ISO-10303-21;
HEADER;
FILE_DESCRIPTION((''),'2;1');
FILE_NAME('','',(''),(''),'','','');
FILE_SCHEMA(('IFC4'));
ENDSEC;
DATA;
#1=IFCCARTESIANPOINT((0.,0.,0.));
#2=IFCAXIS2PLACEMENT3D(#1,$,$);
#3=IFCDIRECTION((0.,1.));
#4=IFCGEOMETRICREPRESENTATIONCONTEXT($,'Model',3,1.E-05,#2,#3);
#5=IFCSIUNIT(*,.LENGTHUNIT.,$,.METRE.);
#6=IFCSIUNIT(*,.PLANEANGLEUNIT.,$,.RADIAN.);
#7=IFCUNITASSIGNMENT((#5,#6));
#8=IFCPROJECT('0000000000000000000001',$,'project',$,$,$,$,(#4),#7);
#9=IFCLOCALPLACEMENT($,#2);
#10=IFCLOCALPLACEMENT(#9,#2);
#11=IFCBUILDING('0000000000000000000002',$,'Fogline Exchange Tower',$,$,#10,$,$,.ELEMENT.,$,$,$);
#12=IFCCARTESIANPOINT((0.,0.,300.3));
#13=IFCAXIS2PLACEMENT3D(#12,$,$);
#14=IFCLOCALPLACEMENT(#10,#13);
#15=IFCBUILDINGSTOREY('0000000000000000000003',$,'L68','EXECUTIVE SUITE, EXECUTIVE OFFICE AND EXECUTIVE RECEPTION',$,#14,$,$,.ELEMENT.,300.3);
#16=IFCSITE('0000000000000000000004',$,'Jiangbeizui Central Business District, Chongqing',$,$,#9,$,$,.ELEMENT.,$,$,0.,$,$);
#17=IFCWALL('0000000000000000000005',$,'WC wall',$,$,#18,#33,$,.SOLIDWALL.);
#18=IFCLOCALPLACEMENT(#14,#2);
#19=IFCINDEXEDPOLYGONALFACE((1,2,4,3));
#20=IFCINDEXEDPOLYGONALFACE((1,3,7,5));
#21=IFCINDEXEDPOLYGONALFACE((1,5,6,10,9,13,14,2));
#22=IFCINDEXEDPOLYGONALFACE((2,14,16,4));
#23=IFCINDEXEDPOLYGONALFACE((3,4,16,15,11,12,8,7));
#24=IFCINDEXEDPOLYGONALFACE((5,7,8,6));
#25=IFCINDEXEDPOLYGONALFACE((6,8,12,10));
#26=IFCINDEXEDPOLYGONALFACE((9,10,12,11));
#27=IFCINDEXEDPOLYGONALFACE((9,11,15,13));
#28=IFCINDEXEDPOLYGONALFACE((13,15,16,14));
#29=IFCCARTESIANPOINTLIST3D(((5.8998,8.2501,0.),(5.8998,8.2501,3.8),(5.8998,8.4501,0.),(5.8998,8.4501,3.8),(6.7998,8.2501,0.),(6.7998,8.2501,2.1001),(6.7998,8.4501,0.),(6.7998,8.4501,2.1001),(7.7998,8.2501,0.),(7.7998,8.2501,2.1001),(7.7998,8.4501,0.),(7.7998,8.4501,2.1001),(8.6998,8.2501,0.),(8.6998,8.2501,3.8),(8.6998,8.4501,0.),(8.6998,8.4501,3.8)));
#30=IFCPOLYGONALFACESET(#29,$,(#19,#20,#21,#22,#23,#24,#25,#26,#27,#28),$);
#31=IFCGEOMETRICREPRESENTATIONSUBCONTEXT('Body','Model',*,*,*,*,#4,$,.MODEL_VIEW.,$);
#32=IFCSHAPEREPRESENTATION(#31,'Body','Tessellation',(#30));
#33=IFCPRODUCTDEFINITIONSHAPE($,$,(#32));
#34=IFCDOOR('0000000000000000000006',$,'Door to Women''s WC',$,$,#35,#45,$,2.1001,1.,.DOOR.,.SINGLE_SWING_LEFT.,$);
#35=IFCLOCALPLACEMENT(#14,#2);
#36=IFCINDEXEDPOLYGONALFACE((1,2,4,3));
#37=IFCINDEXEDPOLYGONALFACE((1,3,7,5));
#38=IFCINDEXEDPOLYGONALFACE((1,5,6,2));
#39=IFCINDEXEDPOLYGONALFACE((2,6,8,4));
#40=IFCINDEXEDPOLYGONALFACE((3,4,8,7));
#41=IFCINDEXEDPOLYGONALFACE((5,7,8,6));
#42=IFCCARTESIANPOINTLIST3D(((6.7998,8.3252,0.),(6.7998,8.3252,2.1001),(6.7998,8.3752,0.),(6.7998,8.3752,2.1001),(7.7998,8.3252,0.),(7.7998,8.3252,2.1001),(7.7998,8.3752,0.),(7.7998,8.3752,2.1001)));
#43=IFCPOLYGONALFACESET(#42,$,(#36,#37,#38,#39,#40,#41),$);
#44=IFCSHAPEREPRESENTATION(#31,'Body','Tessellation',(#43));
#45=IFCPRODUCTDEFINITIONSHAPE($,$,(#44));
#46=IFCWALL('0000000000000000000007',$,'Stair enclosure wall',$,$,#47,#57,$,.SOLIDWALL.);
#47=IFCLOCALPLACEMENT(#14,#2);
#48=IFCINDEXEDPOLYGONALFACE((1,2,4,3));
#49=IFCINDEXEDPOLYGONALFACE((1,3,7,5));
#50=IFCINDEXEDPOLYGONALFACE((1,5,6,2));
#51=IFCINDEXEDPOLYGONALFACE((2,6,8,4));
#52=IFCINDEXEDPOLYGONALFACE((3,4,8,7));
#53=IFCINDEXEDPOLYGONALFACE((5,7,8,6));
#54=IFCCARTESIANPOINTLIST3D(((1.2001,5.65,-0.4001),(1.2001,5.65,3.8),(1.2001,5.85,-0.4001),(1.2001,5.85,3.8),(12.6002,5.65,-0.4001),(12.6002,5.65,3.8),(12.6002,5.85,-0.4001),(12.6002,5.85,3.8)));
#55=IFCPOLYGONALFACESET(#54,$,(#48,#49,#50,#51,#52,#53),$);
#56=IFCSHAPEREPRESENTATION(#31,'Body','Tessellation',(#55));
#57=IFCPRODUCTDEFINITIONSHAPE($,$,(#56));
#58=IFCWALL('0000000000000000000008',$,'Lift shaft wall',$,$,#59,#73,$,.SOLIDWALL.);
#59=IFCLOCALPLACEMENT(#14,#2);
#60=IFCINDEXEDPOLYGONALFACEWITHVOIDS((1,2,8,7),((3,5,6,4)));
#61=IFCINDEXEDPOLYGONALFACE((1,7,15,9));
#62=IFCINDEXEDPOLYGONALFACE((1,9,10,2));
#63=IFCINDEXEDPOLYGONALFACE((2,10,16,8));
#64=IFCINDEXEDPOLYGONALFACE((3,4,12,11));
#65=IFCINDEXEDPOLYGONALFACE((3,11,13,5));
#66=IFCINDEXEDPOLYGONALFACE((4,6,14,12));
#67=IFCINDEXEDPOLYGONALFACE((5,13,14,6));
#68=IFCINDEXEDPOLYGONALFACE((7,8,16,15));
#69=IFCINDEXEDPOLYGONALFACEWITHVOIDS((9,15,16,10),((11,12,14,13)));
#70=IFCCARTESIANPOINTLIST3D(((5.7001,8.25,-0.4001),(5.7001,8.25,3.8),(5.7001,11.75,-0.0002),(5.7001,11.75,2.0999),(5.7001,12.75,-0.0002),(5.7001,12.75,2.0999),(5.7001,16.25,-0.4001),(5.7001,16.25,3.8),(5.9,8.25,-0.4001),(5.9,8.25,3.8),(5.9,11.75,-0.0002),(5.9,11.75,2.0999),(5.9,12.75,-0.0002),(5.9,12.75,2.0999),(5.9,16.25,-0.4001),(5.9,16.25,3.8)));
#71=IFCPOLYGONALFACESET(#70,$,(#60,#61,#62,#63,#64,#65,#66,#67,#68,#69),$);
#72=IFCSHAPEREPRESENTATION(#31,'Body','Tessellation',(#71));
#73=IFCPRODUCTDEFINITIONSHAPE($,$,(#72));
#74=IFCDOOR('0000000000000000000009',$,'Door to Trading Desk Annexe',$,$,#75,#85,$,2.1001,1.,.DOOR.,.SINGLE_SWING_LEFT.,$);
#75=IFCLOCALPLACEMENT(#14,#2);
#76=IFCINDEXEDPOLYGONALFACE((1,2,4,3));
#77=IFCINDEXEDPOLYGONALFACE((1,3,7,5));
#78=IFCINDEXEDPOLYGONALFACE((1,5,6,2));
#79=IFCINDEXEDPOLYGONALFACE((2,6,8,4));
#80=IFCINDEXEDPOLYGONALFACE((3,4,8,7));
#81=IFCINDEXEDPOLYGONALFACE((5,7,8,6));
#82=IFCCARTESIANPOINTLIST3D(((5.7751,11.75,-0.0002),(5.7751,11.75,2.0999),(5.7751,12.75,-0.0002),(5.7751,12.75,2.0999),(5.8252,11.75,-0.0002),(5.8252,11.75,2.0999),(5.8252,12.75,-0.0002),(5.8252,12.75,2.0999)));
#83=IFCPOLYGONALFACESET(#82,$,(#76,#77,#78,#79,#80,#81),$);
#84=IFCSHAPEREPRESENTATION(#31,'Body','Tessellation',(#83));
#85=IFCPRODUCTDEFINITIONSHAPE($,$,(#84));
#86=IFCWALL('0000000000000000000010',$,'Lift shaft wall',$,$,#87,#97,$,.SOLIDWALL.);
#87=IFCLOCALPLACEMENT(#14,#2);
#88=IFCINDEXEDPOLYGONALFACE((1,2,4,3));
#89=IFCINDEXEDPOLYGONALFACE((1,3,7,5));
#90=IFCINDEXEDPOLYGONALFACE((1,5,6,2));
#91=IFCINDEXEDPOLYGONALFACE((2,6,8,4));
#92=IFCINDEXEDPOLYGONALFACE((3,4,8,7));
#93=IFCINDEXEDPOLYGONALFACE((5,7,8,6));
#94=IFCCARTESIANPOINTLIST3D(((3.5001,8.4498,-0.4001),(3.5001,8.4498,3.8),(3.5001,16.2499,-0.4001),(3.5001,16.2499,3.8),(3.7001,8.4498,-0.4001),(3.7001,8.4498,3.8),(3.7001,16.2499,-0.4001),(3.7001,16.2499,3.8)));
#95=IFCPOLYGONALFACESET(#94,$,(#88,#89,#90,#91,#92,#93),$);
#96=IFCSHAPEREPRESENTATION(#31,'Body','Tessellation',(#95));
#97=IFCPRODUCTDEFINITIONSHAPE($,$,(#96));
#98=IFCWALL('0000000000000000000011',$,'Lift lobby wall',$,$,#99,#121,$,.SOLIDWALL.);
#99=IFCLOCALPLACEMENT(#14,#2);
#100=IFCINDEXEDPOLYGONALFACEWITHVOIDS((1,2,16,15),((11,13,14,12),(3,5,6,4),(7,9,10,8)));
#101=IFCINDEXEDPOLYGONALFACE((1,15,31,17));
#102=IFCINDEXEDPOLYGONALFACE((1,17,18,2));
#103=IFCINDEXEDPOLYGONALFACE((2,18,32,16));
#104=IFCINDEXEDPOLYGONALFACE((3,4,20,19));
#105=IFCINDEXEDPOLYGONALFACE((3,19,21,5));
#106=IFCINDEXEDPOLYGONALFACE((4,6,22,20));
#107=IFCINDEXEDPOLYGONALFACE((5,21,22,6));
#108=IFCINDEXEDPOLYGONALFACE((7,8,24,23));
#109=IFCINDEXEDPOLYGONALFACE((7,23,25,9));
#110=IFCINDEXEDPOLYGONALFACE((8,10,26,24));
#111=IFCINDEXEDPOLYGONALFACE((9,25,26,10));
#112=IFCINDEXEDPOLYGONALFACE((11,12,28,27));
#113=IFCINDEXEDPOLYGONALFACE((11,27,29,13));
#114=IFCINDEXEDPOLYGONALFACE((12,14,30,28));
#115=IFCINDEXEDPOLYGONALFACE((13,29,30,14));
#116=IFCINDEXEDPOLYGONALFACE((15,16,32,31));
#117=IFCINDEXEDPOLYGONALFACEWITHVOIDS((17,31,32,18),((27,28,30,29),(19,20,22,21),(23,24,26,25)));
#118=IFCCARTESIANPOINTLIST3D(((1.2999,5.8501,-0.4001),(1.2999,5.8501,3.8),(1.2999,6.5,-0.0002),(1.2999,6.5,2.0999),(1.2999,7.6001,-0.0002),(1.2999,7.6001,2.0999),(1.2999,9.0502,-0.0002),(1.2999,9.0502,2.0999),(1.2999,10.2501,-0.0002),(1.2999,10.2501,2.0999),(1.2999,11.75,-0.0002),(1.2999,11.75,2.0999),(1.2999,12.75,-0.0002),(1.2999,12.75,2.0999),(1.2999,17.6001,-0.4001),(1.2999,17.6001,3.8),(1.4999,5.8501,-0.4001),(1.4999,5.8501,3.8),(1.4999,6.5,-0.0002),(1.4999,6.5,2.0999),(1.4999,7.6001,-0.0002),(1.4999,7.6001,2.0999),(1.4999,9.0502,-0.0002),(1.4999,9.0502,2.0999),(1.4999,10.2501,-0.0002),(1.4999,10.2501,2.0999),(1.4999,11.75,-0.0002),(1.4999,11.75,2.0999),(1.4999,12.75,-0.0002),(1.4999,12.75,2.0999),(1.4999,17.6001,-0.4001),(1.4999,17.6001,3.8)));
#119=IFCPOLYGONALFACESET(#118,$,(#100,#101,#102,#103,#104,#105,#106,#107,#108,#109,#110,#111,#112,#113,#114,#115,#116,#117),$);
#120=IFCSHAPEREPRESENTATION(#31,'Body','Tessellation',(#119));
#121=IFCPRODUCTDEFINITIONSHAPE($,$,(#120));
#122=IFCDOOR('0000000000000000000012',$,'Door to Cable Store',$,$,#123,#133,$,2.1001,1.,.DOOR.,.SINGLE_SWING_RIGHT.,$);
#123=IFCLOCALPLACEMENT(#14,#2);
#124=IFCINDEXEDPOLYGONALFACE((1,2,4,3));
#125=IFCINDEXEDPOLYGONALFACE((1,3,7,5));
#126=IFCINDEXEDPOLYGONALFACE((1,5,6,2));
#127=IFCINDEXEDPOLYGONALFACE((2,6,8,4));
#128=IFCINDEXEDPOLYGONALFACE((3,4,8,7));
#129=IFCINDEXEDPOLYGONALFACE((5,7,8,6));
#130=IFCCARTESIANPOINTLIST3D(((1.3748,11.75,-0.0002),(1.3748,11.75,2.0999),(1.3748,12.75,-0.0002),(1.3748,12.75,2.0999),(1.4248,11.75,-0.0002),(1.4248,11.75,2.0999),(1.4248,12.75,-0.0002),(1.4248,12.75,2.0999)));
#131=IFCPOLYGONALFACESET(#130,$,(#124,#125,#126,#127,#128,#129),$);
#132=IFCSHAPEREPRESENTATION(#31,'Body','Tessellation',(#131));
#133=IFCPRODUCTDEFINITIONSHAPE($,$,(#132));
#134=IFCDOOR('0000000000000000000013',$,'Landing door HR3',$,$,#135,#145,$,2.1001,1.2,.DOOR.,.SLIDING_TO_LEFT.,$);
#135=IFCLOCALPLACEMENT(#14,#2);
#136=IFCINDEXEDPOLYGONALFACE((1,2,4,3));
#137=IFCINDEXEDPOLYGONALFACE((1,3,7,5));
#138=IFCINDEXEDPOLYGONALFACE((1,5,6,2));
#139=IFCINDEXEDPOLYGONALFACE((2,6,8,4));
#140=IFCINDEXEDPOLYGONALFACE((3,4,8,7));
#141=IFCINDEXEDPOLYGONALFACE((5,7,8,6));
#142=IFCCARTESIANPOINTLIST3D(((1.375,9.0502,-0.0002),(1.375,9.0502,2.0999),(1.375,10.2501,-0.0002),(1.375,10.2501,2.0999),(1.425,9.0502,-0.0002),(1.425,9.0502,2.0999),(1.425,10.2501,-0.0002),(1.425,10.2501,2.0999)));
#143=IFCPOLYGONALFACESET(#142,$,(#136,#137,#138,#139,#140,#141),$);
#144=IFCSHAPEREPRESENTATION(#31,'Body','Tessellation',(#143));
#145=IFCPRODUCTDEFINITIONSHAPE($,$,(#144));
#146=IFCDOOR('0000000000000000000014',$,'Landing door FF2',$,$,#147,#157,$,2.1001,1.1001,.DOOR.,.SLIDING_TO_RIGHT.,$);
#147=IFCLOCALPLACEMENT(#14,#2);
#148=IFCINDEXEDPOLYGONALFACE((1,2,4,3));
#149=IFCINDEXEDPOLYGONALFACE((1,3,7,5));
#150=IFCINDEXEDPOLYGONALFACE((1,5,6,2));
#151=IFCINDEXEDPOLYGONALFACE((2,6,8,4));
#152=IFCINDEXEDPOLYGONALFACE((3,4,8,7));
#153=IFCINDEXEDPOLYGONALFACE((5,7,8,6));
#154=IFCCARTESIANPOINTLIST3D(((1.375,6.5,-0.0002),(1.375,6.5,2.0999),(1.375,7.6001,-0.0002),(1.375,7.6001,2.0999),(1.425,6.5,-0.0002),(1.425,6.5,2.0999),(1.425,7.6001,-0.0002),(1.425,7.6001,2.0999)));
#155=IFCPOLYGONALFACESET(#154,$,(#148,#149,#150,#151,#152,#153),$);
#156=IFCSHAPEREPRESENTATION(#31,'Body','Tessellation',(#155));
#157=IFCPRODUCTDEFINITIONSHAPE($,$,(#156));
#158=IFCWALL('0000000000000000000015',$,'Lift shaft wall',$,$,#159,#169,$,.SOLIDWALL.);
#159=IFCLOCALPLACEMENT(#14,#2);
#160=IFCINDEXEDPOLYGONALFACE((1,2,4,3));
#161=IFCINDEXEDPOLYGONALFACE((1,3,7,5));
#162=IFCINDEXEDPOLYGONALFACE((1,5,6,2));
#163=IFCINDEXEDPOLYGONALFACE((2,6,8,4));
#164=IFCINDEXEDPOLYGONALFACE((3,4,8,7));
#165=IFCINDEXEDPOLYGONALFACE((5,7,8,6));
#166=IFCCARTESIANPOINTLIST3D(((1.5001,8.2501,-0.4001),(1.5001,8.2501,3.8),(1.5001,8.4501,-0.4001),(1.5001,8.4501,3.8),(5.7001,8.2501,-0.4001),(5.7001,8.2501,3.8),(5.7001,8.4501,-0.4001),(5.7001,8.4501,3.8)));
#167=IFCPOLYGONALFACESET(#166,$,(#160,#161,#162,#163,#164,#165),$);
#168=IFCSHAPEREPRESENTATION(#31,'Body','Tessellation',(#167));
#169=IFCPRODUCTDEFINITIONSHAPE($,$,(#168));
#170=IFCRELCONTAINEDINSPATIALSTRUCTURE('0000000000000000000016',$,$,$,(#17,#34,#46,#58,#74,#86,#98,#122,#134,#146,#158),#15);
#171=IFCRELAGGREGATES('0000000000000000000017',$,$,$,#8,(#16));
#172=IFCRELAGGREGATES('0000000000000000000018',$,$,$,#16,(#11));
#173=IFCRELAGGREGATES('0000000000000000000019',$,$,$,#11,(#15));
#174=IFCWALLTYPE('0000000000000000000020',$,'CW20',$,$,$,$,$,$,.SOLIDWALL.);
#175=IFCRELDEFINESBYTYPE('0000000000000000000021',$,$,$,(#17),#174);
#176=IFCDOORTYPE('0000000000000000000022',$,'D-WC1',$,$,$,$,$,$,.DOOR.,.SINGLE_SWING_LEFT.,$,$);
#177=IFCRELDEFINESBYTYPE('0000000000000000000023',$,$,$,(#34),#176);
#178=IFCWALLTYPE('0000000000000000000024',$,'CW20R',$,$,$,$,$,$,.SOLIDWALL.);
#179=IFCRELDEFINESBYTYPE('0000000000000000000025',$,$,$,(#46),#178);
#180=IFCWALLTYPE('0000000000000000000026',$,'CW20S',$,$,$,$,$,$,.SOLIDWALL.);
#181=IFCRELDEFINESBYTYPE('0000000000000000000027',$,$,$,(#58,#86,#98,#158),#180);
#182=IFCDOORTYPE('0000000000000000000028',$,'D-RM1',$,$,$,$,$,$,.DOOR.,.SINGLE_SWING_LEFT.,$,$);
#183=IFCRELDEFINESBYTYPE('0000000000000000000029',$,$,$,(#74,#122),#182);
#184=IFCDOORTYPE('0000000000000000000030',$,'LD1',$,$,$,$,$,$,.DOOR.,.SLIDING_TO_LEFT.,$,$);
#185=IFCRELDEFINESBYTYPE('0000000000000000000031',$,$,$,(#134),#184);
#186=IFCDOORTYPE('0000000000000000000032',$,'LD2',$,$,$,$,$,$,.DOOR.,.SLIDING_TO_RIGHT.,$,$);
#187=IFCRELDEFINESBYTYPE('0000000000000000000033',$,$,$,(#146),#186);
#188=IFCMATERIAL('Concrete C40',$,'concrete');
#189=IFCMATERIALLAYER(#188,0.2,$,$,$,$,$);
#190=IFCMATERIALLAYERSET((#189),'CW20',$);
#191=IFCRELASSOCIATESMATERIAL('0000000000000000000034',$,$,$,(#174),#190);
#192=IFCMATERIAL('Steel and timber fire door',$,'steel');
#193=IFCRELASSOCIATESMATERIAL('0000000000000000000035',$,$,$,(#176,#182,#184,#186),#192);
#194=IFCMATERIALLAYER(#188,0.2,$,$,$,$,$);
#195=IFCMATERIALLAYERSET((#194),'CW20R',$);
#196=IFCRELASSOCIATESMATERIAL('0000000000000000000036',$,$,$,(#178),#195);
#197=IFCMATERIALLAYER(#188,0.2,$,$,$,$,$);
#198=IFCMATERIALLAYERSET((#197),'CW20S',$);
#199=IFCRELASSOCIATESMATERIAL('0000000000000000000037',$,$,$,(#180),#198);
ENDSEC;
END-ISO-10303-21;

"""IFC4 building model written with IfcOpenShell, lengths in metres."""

from ifc_helpers import new_model, si_unit, direction, frame, frame_2d, origin, place, context, subcontext, project, spatial, rectangle, extrude, material, layer, layer_set, type_object, element, fill, save


model = new_model("IFC4")

# Units and contexts
model_context = context("Model", 3, precision=1e-05, world=origin(), true_north=direction((0.0, 1.0)))
body_context = subcontext(model_context, "Body", "Model", "MODEL_VIEW")
ifc_project = project(units=[si_unit("LENGTHUNIT", "METRE"), si_unit("PLANEANGLEUNIT", "RADIAN")], contexts=[model_context])

# Site, building, storey
site_placement = place(None, origin())
site = spatial("IfcSite", under=ifc_project, at=site_placement, Name="Jiangbeizui Central Business District, Chongqing", CompositionType="ELEMENT", RefElevation=0.0)
building_placement = place(site_placement, origin())
building = spatial("IfcBuilding", under=site, at=building_placement, Name="Fogline Exchange Tower", CompositionType="ELEMENT")
storey_placement = place(building_placement, frame((0.0, 0.0, 300.3)))
storey = spatial("IfcBuildingStorey", under=building, at=storey_placement, Name="L68", Description="EXECUTIVE SUITE, EXECUTIVE OFFICE AND EXECUTIVE RECEPTION", CompositionType="ELEMENT", Elevation=300.3)

# Shared definitions
ifc_material_1 = material(Name="Concrete C40", Category="concrete")

# Wall, opening, door
ifc_layer_1 = layer(ifc_material_1, 0.2)
ifc_layer_set_1 = layer_set([ifc_layer_1], Name="CW20")
wall_type_1 = type_object("IfcWallType", Name="CW20", PredefinedType="SOLIDWALL", material=ifc_layer_set_1)
wall_1_placement = place(storey_placement, frame((5.8999, 8.3501, 0.0), z_axis=(0.0, 0.0, 1.0), x_axis=(1.0, 0.0, 0.0)))
wall_1 = element("IfcWall", 1, at=wall_1_placement, inside=storey, type_object=wall_type_1, Name="WC wall", PredefinedType="SOLIDWALL", context=body_context, shape_type="SweptSolid", body=[
    extrude(rectangle(XDim=2.8, YDim=0.2, at=frame_2d((1.3999, 0.0))), origin(), (0.0, 0.0, 1.0), 3.8),
])
opening_1_placement = place(wall_1_placement, frame((0.8999, 0.0, 0.0)))
opening_1 = element("IfcOpeningElement", 2, at=opening_1_placement, cuts=wall_1, PredefinedType="OPENING", context=body_context, shape_type="SweptSolid", body=[
    extrude(rectangle(XDim=1.0, YDim=2.1001, at=frame_2d((0.5, 1.05))), frame((0.0, 0.1099, 0.0), z_axis=(0.0, -1.0, 0.0), x_axis=(1.0, 0.0, 0.0)), (0.0, 0.0, 1.0), 0.22),
])
ifc_material_2 = material(Name="Steel and timber fire door", Category="steel")
door_type_1 = type_object("IfcDoorType", Name="D-WC1", OperationType="SINGLE_SWING_LEFT", PredefinedType="DOOR", material=ifc_material_2)
door_1_placement = place(opening_1_placement, frame((1.0, 0.0, 0.0), z_axis=(0.0, 0.0, 1.0), x_axis=(-1.0, 0.0, 0.0)))
door_1 = element("IfcDoor", 3, at=door_1_placement, inside=storey, type_object=door_type_1, Name="Door to Women's WC", OperationType="SINGLE_SWING_LEFT", OverallHeight=2.1001, OverallWidth=1.0, PredefinedType="DOOR", context=body_context, shape_type="SweptSolid", body=[
    extrude(rectangle(XDim=1.0, YDim=2.1001, at=frame_2d((0.5, 1.05))), frame((0.0, 0.0249, 0.0), z_axis=(0.0, -1.0, 0.0), x_axis=(1.0, 0.0, 0.0)), (0.0, 0.0, 1.0), 0.05),
])
fill(opening_1, door_1)

# Wall
ifc_layer_2 = layer(ifc_material_1, 0.2)
ifc_layer_set_2 = layer_set([ifc_layer_2], Name="CW20R")
wall_type_2 = type_object("IfcWallType", Name="CW20R", PredefinedType="SOLIDWALL", material=ifc_layer_set_2)
wall_2_placement = place(storey_placement, frame((1.2, 5.75, -0.4001), z_axis=(0.0, 0.0, 1.0), x_axis=(1.0, 0.0, 0.0)))
element("IfcWall", 4, at=wall_2_placement, inside=storey, type_object=wall_type_2, Name="Stair enclosure wall", PredefinedType="SOLIDWALL", context=body_context, shape_type="SweptSolid", body=[
    extrude(rectangle(XDim=11.4001, YDim=0.2, at=frame_2d((5.7002, 0.0))), origin(), (0.0, 0.0, 1.0), 4.2002),
])

# Wall, opening, door
ifc_layer_3 = layer(ifc_material_1, 0.2)
ifc_layer_set_3 = layer_set([ifc_layer_3], Name="CW20S")
wall_type_3 = type_object("IfcWallType", Name="CW20S", PredefinedType="SOLIDWALL", material=ifc_layer_set_3)
wall_3_placement = place(storey_placement, frame((5.8, 8.25, -0.4001), z_axis=(0.0, 0.0, 1.0), x_axis=(0.0, 1.0, 0.0)))
wall_3 = element("IfcWall", 5, at=wall_3_placement, inside=storey, type_object=wall_type_3, Name="Lift shaft wall", PredefinedType="SOLIDWALL", context=body_context, shape_type="SweptSolid", body=[
    extrude(rectangle(XDim=8.0, YDim=0.2, at=frame_2d((4.0, 0.0))), origin(), (0.0, 0.0, 1.0), 4.2002),
])
opening_2_placement = place(wall_3_placement, frame((3.5, 0.0, 0.3999)))
opening_2 = element("IfcOpeningElement", 6, at=opening_2_placement, cuts=wall_3, PredefinedType="OPENING", context=body_context, shape_type="SweptSolid", body=[
    extrude(rectangle(XDim=1.0, YDim=2.1001, at=frame_2d((0.5, 1.05))), frame((0.0, 0.1099, 0.0), z_axis=(0.0, -1.0, 0.0), x_axis=(1.0, 0.0, 0.0)), (0.0, 0.0, 1.0), 0.22),
])
door_type_2 = type_object("IfcDoorType", Name="D-RM1", OperationType="SINGLE_SWING_LEFT", PredefinedType="DOOR", material=ifc_material_2)
door_2_placement = place(opening_2_placement, origin())
door_2 = element("IfcDoor", 7, at=door_2_placement, inside=storey, type_object=door_type_2, Name="Door to Trading Desk Annexe", OperationType="SINGLE_SWING_LEFT", OverallHeight=2.1001, OverallWidth=1.0, PredefinedType="DOOR", context=body_context, shape_type="SweptSolid", body=[
    extrude(rectangle(XDim=1.0, YDim=2.1001, at=frame_2d((0.5, 1.05))), frame((0.0, 0.0249, 0.0), z_axis=(0.0, -1.0, 0.0), x_axis=(1.0, 0.0, 0.0)), (0.0, 0.0, 1.0), 0.05),
])
fill(opening_2, door_2)

# Wall
wall_4_placement = place(storey_placement, frame((3.6001, 8.45, -0.4001), z_axis=(0.0, 0.0, 1.0), x_axis=(0.0, 1.0, 0.0)))
element("IfcWall", 8, at=wall_4_placement, inside=storey, type_object=wall_type_3, Name="Lift shaft wall", PredefinedType="SOLIDWALL", context=body_context, shape_type="SweptSolid", body=[
    extrude(rectangle(XDim=7.8, YDim=0.2, at=frame_2d((3.8999, 0.0))), origin(), (0.0, 0.0, 1.0), 4.2002),
])

# Wall, openings, doors
wall_5_placement = place(storey_placement, frame((1.3999, 5.8501, -0.4001), z_axis=(0.0, 0.0, 1.0), x_axis=(0.0, 1.0, 0.0)))
wall_5 = element("IfcWall", 9, at=wall_5_placement, inside=storey, type_object=wall_type_3, Name="Lift lobby wall", PredefinedType="SOLIDWALL", context=body_context, shape_type="SweptSolid", body=[
    extrude(rectangle(XDim=11.75, YDim=0.2, at=frame_2d((5.875, 0.0))), origin(), (0.0, 0.0, 1.0), 4.2002),
])
opening_3_placement = place(wall_5_placement, frame((3.2, 0.0, 0.3999)))
opening_3 = element("IfcOpeningElement", 10, at=opening_3_placement, cuts=wall_5, PredefinedType="OPENING", context=body_context, shape_type="SweptSolid", body=[
    extrude(rectangle(XDim=1.2, YDim=2.1001, at=frame_2d((0.6001, 1.05))), frame((0.0, 0.1099, 0.0), z_axis=(0.0, -1.0, 0.0), x_axis=(1.0, 0.0, 0.0)), (0.0, 0.0, 1.0), 0.22),
])
opening_4_placement = place(wall_5_placement, frame((0.6499, 0.0, 0.3999)))
opening_4 = element("IfcOpeningElement", 11, at=opening_4_placement, cuts=wall_5, PredefinedType="OPENING", context=body_context, shape_type="SweptSolid", body=[
    extrude(rectangle(XDim=1.1001, YDim=2.1001, at=frame_2d((0.55, 1.05))), frame((0.0, 0.1099, 0.0), z_axis=(0.0, -1.0, 0.0), x_axis=(1.0, 0.0, 0.0)), (0.0, 0.0, 1.0), 0.22),
])
opening_5_placement = place(wall_5_placement, frame((5.8999, 0.0, 0.3999)))
opening_5 = element("IfcOpeningElement", 12, at=opening_5_placement, cuts=wall_5, PredefinedType="OPENING", context=body_context, shape_type="SweptSolid", body=[
    extrude(rectangle(XDim=1.0, YDim=2.1001, at=frame_2d((0.5, 1.05))), frame((0.0, 0.1099, 0.0), z_axis=(0.0, -1.0, 0.0), x_axis=(1.0, 0.0, 0.0)), (0.0, 0.0, 1.0), 0.22),
])
door_3_placement = place(opening_5_placement, frame((1.0, 0.0, 0.0), z_axis=(0.0, 0.0, 1.0), x_axis=(-1.0, 0.0, 0.0)))
door_3 = element("IfcDoor", 13, at=door_3_placement, inside=storey, type_object=door_type_2, Name="Door to Cable Store", OperationType="SINGLE_SWING_RIGHT", OverallHeight=2.1001, OverallWidth=1.0, PredefinedType="DOOR", context=body_context, shape_type="SweptSolid", body=[
    extrude(rectangle(XDim=1.0, YDim=2.1001, at=frame_2d((0.5, 1.05))), frame((0.0, 0.0249, 0.0), z_axis=(0.0, -1.0, 0.0), x_axis=(1.0, 0.0, 0.0)), (0.0, 0.0, 1.0), 0.05),
])
fill(opening_5, door_3)
door_type_3 = type_object("IfcDoorType", Name="LD1", OperationType="SLIDING_TO_LEFT", PredefinedType="DOOR", material=ifc_material_2)
door_4_placement = place(opening_3_placement, origin())
door_4 = element("IfcDoor", 14, at=door_4_placement, inside=storey, type_object=door_type_3, Name="Landing door HR3", OperationType="SLIDING_TO_LEFT", OverallHeight=2.1001, OverallWidth=1.2, PredefinedType="DOOR", context=body_context, shape_type="SweptSolid", body=[
    extrude(rectangle(XDim=1.2, YDim=2.1001, at=frame_2d((0.6001, 1.05))), frame((0.0, 0.0249, 0.0), z_axis=(0.0, -1.0, 0.0), x_axis=(1.0, 0.0, 0.0)), (0.0, 0.0, 1.0), 0.05),
])
fill(opening_3, door_4)
door_type_4 = type_object("IfcDoorType", Name="LD2", OperationType="SLIDING_TO_RIGHT", PredefinedType="DOOR", material=ifc_material_2)
door_5_placement = place(opening_4_placement, origin())
door_5 = element("IfcDoor", 15, at=door_5_placement, inside=storey, type_object=door_type_4, Name="Landing door FF2", OperationType="SLIDING_TO_RIGHT", OverallHeight=2.1001, OverallWidth=1.1001, PredefinedType="DOOR", context=body_context, shape_type="SweptSolid", body=[
    extrude(rectangle(XDim=1.1001, YDim=2.1001, at=frame_2d((0.55, 1.05))), frame((0.0, 0.0249, 0.0), z_axis=(0.0, -1.0, 0.0), x_axis=(1.0, 0.0, 0.0)), (0.0, 0.0, 1.0), 0.05),
])
fill(opening_4, door_5)

# Wall
wall_6_placement = place(storey_placement, frame((1.5, 8.3501, -0.4001), z_axis=(0.0, 0.0, 1.0), x_axis=(1.0, 0.0, 0.0)))
element("IfcWall", 16, at=wall_6_placement, inside=storey, type_object=wall_type_3, Name="Lift shaft wall", PredefinedType="SOLIDWALL", context=body_context, shape_type="SweptSolid", body=[
    extrude(rectangle(XDim=4.2, YDim=0.2, at=frame_2d((2.1001, 0.0))), origin(), (0.0, 0.0, 1.0), 4.2002),
])

save(model, "model.ifc")
